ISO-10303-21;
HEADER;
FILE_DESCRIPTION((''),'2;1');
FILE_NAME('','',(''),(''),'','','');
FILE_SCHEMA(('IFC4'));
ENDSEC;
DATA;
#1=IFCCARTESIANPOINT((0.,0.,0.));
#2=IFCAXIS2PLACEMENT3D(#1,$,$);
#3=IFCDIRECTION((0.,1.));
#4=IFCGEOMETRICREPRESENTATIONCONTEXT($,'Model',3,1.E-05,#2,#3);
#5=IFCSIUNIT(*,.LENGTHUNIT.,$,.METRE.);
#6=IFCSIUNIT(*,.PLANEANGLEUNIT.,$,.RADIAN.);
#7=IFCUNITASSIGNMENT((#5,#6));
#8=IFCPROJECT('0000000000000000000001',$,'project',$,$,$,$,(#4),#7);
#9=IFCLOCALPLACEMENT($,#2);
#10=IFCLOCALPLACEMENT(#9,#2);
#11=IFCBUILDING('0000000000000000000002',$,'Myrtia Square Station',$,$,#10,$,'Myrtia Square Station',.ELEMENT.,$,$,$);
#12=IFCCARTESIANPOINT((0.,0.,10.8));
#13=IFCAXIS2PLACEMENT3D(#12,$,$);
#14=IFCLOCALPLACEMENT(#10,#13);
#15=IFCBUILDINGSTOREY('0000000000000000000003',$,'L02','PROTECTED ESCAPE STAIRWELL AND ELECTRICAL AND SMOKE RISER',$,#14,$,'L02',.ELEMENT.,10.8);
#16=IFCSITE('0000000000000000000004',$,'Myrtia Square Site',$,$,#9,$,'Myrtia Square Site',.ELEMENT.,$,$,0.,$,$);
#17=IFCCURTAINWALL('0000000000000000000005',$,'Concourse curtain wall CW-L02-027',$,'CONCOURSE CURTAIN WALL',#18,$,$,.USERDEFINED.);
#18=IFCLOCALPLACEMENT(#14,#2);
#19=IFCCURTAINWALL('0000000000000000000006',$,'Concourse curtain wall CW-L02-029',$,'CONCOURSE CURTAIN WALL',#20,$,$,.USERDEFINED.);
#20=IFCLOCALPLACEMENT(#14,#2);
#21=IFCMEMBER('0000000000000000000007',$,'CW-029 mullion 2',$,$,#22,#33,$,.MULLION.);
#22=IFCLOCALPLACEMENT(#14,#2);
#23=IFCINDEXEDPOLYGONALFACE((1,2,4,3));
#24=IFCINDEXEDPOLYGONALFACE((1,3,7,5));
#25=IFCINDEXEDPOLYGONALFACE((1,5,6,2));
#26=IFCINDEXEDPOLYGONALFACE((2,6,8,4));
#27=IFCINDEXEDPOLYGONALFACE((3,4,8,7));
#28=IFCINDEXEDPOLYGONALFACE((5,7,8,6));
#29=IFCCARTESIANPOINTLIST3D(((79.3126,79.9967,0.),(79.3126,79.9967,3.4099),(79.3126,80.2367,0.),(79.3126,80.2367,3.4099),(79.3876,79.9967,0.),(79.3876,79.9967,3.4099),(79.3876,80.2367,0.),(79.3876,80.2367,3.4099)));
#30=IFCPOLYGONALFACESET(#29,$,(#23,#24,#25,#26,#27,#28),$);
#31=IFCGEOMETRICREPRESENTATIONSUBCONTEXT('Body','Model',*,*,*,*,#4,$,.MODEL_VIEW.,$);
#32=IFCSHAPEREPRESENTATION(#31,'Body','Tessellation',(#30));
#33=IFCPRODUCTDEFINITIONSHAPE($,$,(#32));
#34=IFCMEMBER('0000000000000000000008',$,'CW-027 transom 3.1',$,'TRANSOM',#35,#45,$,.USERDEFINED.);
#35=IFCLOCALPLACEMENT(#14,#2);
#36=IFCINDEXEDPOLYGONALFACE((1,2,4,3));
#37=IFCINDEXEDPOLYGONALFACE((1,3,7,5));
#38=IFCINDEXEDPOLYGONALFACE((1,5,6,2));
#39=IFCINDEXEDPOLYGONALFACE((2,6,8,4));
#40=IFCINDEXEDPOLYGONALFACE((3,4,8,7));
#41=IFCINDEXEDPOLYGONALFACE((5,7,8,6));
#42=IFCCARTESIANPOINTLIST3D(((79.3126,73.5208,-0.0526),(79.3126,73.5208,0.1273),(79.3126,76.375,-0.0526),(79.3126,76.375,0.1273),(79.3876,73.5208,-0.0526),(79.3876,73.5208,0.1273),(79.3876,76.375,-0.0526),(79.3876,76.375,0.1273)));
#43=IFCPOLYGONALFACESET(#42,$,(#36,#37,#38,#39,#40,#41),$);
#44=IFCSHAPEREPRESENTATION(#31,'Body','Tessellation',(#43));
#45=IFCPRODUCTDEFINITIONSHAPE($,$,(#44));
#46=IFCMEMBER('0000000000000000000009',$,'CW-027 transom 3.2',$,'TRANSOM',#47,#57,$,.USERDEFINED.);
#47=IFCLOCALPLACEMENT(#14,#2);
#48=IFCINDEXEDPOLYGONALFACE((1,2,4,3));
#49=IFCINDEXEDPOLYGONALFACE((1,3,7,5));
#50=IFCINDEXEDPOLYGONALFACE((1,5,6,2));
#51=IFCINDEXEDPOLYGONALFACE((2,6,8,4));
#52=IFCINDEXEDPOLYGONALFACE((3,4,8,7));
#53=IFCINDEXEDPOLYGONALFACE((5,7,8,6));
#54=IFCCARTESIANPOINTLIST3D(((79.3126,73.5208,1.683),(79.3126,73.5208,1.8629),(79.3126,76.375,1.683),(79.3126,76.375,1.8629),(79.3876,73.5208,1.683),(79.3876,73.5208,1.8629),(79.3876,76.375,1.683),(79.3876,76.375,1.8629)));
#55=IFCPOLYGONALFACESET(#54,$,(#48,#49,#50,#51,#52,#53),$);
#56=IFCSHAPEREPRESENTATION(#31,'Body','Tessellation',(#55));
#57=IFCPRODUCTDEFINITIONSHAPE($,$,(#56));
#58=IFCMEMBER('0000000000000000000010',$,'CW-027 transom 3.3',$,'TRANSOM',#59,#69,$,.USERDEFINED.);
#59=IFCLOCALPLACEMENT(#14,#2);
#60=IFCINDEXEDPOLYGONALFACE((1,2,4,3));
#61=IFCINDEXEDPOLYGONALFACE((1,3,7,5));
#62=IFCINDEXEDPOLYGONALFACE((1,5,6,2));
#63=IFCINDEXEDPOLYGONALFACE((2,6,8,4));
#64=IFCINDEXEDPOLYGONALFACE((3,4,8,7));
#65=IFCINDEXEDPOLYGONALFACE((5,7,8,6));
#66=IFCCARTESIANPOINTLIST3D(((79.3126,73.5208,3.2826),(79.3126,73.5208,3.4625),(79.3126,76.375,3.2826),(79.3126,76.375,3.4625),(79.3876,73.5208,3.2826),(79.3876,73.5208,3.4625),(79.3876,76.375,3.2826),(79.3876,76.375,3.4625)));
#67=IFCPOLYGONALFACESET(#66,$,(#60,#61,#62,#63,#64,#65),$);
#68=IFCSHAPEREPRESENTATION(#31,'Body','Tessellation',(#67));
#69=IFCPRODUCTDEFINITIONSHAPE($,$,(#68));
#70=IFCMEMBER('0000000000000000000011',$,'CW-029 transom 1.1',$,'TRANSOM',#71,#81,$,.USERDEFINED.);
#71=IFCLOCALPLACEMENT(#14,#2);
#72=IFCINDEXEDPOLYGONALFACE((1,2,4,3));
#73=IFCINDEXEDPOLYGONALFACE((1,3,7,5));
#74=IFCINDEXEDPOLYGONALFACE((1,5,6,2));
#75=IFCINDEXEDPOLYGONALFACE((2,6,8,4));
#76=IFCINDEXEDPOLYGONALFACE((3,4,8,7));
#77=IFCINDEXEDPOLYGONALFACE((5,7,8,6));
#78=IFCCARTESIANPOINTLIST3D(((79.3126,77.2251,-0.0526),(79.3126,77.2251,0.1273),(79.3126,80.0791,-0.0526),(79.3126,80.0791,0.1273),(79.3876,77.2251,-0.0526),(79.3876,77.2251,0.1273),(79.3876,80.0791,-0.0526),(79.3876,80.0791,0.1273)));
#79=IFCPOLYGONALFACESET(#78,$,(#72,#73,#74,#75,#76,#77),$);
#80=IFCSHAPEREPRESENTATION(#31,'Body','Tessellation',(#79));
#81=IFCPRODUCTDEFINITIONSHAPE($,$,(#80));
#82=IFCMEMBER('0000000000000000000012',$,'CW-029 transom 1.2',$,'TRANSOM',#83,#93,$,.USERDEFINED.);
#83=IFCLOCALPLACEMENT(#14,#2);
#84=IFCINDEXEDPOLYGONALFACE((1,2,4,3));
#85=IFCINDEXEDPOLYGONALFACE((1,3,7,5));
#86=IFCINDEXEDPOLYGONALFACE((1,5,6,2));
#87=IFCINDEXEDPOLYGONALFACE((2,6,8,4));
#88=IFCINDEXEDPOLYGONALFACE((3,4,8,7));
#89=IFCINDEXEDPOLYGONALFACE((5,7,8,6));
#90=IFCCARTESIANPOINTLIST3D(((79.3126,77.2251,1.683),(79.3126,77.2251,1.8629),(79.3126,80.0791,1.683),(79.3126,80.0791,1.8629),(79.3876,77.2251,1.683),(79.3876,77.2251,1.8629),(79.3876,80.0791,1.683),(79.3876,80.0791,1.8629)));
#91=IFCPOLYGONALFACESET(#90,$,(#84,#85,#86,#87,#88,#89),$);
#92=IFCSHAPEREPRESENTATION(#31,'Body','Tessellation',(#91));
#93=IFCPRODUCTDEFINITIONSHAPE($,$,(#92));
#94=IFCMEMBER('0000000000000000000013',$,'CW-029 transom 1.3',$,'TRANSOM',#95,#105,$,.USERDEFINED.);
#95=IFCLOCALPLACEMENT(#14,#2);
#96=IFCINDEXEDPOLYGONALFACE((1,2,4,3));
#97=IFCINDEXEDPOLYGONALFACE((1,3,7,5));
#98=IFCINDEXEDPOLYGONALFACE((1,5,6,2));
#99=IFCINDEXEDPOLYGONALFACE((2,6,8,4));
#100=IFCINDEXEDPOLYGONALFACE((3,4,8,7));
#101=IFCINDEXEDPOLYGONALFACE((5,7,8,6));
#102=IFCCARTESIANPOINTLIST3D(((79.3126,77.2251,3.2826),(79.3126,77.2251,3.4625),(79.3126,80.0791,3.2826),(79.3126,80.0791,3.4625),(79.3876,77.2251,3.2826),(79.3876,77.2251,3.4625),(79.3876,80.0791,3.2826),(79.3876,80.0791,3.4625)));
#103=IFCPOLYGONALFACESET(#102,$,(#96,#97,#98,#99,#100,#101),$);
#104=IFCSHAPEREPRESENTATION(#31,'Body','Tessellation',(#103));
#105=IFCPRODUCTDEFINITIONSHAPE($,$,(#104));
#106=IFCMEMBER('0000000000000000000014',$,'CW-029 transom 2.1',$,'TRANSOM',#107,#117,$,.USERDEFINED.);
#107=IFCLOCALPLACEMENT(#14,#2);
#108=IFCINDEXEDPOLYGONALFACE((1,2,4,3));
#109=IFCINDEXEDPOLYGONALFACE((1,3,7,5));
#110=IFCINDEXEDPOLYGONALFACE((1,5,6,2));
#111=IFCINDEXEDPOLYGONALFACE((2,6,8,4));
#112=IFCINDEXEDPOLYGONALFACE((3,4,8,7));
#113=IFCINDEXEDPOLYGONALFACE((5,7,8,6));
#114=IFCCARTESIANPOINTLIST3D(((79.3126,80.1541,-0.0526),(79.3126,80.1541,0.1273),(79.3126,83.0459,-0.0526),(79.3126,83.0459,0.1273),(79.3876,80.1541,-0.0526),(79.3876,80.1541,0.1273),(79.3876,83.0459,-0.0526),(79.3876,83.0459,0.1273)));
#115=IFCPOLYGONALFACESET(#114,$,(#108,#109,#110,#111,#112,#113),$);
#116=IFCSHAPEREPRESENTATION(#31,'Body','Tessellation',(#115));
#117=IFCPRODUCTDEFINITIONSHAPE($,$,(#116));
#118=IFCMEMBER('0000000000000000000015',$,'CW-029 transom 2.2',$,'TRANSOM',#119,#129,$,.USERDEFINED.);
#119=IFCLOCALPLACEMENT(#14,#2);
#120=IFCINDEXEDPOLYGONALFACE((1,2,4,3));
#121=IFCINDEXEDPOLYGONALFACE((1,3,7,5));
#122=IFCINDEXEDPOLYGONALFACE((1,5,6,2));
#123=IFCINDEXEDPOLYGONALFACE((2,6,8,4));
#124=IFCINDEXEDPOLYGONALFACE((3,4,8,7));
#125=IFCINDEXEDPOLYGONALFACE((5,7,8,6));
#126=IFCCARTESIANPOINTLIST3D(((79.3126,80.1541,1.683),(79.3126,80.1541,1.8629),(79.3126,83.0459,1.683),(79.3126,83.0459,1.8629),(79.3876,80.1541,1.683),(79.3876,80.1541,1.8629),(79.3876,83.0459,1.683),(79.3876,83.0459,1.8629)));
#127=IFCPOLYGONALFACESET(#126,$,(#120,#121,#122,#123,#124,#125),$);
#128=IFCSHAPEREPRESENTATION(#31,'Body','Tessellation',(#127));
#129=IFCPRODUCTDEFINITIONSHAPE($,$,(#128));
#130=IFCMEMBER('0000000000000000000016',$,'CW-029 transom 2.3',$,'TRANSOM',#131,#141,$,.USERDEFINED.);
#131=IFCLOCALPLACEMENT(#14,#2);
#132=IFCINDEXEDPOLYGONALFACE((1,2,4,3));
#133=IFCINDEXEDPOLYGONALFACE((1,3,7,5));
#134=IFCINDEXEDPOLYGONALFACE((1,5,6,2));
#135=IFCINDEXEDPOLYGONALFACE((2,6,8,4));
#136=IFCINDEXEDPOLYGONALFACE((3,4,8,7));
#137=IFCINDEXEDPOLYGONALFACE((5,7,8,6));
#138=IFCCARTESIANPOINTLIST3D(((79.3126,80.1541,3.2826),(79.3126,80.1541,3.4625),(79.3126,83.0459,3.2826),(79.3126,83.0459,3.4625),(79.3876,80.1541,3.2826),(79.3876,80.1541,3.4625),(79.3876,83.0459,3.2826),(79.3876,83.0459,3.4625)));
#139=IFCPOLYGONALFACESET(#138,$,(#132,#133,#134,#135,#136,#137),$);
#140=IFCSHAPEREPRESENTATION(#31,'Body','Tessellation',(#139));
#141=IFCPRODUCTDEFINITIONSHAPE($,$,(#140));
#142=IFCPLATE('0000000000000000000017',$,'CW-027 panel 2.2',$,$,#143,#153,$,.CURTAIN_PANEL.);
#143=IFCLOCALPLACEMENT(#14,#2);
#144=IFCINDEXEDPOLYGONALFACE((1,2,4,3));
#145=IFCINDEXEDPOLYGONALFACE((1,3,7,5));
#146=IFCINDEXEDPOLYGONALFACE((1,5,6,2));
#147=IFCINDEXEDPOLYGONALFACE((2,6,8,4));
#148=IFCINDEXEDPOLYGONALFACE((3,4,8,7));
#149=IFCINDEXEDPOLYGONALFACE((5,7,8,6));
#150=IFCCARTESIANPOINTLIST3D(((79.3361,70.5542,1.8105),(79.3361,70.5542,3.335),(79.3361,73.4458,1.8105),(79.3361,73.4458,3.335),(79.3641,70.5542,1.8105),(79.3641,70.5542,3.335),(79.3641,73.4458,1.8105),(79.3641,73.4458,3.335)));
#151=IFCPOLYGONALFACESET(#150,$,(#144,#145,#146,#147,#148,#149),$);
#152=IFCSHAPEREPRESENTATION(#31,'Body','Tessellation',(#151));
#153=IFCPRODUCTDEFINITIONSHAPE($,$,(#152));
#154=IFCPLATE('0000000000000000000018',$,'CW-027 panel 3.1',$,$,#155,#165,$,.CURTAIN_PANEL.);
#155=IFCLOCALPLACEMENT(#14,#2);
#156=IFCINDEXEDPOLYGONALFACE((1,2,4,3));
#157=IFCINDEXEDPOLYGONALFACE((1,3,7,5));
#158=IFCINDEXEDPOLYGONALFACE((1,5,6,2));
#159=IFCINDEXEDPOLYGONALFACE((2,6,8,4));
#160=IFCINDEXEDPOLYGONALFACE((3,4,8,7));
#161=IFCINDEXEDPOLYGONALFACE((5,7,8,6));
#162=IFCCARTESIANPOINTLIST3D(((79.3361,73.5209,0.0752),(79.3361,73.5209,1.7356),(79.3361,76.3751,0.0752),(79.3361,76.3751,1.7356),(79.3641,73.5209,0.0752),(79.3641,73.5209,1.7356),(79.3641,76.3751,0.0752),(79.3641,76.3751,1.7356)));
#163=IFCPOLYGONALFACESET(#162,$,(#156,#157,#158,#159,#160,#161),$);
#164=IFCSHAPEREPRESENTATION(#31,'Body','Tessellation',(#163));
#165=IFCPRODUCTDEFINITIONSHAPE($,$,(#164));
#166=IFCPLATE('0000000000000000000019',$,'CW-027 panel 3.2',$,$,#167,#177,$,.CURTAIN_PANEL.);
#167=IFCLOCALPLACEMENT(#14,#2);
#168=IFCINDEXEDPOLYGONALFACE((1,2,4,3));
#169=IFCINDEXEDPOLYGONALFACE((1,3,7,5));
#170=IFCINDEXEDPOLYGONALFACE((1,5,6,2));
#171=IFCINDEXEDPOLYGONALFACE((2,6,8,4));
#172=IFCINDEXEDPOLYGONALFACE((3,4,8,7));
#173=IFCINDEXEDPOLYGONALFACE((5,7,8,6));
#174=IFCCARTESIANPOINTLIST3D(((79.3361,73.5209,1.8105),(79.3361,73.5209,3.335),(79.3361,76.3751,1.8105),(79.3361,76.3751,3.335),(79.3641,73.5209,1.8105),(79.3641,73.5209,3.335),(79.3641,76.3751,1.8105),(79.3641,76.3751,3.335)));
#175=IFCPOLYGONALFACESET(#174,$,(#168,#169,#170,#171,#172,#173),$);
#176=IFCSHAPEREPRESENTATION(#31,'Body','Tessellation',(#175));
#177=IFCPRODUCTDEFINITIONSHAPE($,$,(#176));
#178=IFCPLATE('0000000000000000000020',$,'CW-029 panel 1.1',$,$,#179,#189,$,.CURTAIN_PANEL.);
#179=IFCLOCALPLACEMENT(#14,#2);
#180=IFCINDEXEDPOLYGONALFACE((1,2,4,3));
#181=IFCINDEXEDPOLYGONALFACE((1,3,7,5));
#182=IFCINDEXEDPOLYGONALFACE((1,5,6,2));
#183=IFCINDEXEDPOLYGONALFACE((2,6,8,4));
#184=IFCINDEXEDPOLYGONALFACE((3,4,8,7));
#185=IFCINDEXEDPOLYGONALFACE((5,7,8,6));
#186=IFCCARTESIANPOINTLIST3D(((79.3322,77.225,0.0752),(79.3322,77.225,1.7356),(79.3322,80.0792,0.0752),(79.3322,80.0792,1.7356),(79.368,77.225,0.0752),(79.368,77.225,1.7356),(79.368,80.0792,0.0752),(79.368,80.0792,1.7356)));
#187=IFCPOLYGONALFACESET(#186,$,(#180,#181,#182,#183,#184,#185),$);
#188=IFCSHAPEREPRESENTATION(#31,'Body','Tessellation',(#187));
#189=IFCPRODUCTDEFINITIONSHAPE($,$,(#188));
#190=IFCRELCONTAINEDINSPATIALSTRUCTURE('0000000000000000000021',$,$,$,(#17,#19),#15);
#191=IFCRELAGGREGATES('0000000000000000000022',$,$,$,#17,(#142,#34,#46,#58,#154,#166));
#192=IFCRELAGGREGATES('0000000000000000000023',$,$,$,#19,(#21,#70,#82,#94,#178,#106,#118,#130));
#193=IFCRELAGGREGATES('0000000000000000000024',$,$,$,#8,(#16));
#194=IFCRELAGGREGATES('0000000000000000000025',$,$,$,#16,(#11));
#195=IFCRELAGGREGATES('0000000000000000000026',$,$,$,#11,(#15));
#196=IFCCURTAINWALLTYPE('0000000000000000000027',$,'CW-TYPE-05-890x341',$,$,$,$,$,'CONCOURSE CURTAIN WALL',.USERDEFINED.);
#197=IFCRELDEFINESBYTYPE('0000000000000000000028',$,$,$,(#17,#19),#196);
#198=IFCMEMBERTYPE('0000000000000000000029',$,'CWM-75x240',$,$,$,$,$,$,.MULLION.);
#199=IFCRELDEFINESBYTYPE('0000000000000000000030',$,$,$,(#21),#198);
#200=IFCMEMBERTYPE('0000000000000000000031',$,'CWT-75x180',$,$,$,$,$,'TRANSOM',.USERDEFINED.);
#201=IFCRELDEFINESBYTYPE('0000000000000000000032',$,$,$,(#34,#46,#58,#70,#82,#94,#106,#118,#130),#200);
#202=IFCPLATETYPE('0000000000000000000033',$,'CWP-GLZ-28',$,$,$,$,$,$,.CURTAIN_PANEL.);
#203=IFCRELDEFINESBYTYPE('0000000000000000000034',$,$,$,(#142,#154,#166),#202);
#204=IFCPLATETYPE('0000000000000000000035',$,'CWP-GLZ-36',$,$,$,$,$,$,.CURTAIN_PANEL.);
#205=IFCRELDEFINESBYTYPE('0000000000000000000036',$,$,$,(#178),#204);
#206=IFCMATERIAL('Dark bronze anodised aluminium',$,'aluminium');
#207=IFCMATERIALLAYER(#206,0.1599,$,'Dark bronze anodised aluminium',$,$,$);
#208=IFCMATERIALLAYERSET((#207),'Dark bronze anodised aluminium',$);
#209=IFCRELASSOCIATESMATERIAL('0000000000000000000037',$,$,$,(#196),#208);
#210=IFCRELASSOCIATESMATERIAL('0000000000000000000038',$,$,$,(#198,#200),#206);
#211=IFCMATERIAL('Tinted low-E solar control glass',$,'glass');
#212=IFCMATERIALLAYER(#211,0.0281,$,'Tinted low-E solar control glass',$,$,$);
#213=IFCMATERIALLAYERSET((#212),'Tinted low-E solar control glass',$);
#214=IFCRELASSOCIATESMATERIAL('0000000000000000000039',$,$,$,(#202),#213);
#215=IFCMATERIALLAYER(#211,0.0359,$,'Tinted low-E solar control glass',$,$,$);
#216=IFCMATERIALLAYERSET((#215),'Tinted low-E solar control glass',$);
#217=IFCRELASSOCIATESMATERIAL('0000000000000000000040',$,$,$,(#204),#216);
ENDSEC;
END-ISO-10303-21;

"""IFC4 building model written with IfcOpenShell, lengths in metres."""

from ifc_helpers import new_model, si_unit, direction, frame, origin, origin_2d, place, context, subcontext, project, spatial, rectangle, extrude, material, layer, layer_set, material_profile, profile_set, type_object, element, aggregate, save


model = new_model("IFC4")

# Units and contexts
model_context = context("Model", 3, precision=1e-05, world=origin(), true_north=direction((0.0, 1.0)))
body_context = subcontext(model_context, "Body", "Model", "MODEL_VIEW")
ifc_project = project(units=[si_unit("LENGTHUNIT", "METRE"), si_unit("PLANEANGLEUNIT", "RADIAN")], contexts=[model_context])

# Site, building, storey
site_placement = place(None, origin())
site = spatial("IfcSite", under=ifc_project, at=site_placement, Name="Myrtia Square Site", LongName="Myrtia Square Site", CompositionType="ELEMENT", RefElevation=0.0)
building_placement = place(site_placement, origin())
building = spatial("IfcBuilding", under=site, at=building_placement, Name="Myrtia Square Station", LongName="Myrtia Square Station", CompositionType="ELEMENT")
storey_placement = place(building_placement, frame((0.0, 0.0, 10.8)))
storey = spatial("IfcBuildingStorey", under=building, at=storey_placement, Name="L02", Description="PROTECTED ESCAPE STAIRWELL AND ELECTRICAL AND SMOKE RISER", LongName="L02", CompositionType="ELEMENT", Elevation=10.8)

# Curtain walls, member
ifc_material_1 = material(Name="Dark bronze anodised aluminium", Category="aluminium")
ifc_layer_1 = layer(ifc_material_1, 0.1599, Name="Dark bronze anodised aluminium")
ifc_layer_set_1 = layer_set([ifc_layer_1], Name="Dark bronze anodised aluminium")
curtain_wall_type = type_object("IfcCurtainWallType", Name="CW-TYPE-05-890x341", ElementType="CONCOURSE CURTAIN WALL", PredefinedType="USERDEFINED", material=ifc_layer_set_1)
curtain_wall_1_placement = place(storey_placement, origin())
curtain_wall_1 = element("IfcCurtainWall", 1, at=curtain_wall_1_placement, inside=storey, type_object=curtain_wall_type, Name="Concourse curtain wall CW-L02-027", ObjectType="CONCOURSE CURTAIN WALL", PredefinedType="USERDEFINED")
ifc_material_profile_1 = material_profile(ifc_material_1, rectangle(XDim=0.075, YDim=0.24, at=origin_2d()), Name="ALU-M 75x240")
ifc_profile_set_1 = profile_set([ifc_material_profile_1], Name="Dark bronze anodised aluminium")
member_type_1 = type_object("IfcMemberType", Name="CWM-75x240", PredefinedType="MULLION", material=ifc_profile_set_1)
curtain_wall_2_placement = place(storey_placement, origin())
curtain_wall_2 = element("IfcCurtainWall", 2, at=curtain_wall_2_placement, inside=storey, type_object=curtain_wall_type, Name="Concourse curtain wall CW-L02-029", ObjectType="CONCOURSE CURTAIN WALL", PredefinedType="USERDEFINED")
member_1_placement = place(storey_placement, frame((79.3501, 80.1167, 0.0), z_axis=(0.0, 0.0, 1.0), x_axis=(-1.0, 0.0, 0.0)))
member_1 = element("IfcMember", 3, at=member_1_placement, type_object=member_type_1, Name="CW-029 mullion 2", PredefinedType="MULLION", context=body_context, shape_type="SweptSolid", body=[
    extrude(rectangle(XDim=0.075, YDim=0.24, at=origin_2d()), origin(), (0.0, 0.0, 1.0), 3.4099),
])

# Members
ifc_material_profile_2 = material_profile(ifc_material_1, rectangle(XDim=0.075, YDim=0.1799, at=origin_2d()), Name="ALU-T 75x180")
ifc_profile_set_2 = profile_set([ifc_material_profile_2], Name="Dark bronze anodised aluminium")
member_type_2 = type_object("IfcMemberType", Name="CWT-75x180", ElementType="TRANSOM", PredefinedType="USERDEFINED", material=ifc_profile_set_2)
member_2_placement = place(storey_placement, frame((79.3501, 73.5208, 0.0374), z_axis=(0.0, 1.0, 0.0), x_axis=(-1.0, 0.0, 0.0)))
member_2 = element("IfcMember", 4, at=member_2_placement, type_object=member_type_2, Name="CW-027 transom 3.1", ObjectType="TRANSOM", PredefinedType="USERDEFINED", context=body_context, shape_type="SweptSolid", body=[
    extrude(rectangle(XDim=0.075, YDim=0.1799, at=origin_2d()), origin(), (0.0, 0.0, 1.0), 2.8542),
])
member_3_placement = place(storey_placement, frame((79.3501, 73.5208, 1.7729), z_axis=(0.0, 1.0, 0.0), x_axis=(-1.0, 0.0, 0.0)))
member_3 = element("IfcMember", 5, at=member_3_placement, type_object=member_type_2, Name="CW-027 transom 3.2", ObjectType="TRANSOM", PredefinedType="USERDEFINED", context=body_context, shape_type="SweptSolid", body=[
    extrude(rectangle(XDim=0.075, YDim=0.1799, at=origin_2d()), origin(), (0.0, 0.0, 1.0), 2.8542),
])
member_4_placement = place(storey_placement, frame((79.3501, 73.5208, 3.3726), z_axis=(0.0, 1.0, 0.0), x_axis=(-1.0, 0.0, 0.0)))
member_4 = element("IfcMember", 6, at=member_4_placement, type_object=member_type_2, Name="CW-027 transom 3.3", ObjectType="TRANSOM", PredefinedType="USERDEFINED", context=body_context, shape_type="SweptSolid", body=[
    extrude(rectangle(XDim=0.075, YDim=0.1799, at=origin_2d()), origin(), (0.0, 0.0, 1.0), 2.8542),
])
member_5_placement = place(storey_placement, frame((79.3501, 77.2251, 0.0374), z_axis=(0.0, 1.0, 0.0), x_axis=(-1.0, 0.0, 0.0)))
member_5 = element("IfcMember", 7, at=member_5_placement, type_object=member_type_2, Name="CW-029 transom 1.1", ObjectType="TRANSOM", PredefinedType="USERDEFINED", context=body_context, shape_type="SweptSolid", body=[
    extrude(rectangle(XDim=0.075, YDim=0.1799, at=origin_2d()), origin(), (0.0, 0.0, 1.0), 2.854),
])
member_6_placement = place(storey_placement, frame((79.3501, 77.2251, 1.7729), z_axis=(0.0, 1.0, 0.0), x_axis=(-1.0, 0.0, 0.0)))
member_6 = element("IfcMember", 8, at=member_6_placement, type_object=member_type_2, Name="CW-029 transom 1.2", ObjectType="TRANSOM", PredefinedType="USERDEFINED", context=body_context, shape_type="SweptSolid", body=[
    extrude(rectangle(XDim=0.075, YDim=0.1799, at=origin_2d()), origin(), (0.0, 0.0, 1.0), 2.854),
])
member_7_placement = place(storey_placement, frame((79.3501, 77.2251, 3.3726), z_axis=(0.0, 1.0, 0.0), x_axis=(-1.0, 0.0, 0.0)))
member_7 = element("IfcMember", 9, at=member_7_placement, type_object=member_type_2, Name="CW-029 transom 1.3", ObjectType="TRANSOM", PredefinedType="USERDEFINED", context=body_context, shape_type="SweptSolid", body=[
    extrude(rectangle(XDim=0.075, YDim=0.1799, at=origin_2d()), origin(), (0.0, 0.0, 1.0), 2.854),
])
member_8_placement = place(storey_placement, frame((79.3501, 80.1541, 0.0374), z_axis=(0.0, 1.0, 0.0), x_axis=(-1.0, 0.0, 0.0)))
member_8 = element("IfcMember", 10, at=member_8_placement, type_object=member_type_2, Name="CW-029 transom 2.1", ObjectType="TRANSOM", PredefinedType="USERDEFINED", context=body_context, shape_type="SweptSolid", body=[
    extrude(rectangle(XDim=0.075, YDim=0.1799, at=origin_2d()), origin(), (0.0, 0.0, 1.0), 2.8918),
])
member_9_placement = place(storey_placement, frame((79.3501, 80.1541, 1.7729), z_axis=(0.0, 1.0, 0.0), x_axis=(-1.0, 0.0, 0.0)))
member_9 = element("IfcMember", 11, at=member_9_placement, type_object=member_type_2, Name="CW-029 transom 2.2", ObjectType="TRANSOM", PredefinedType="USERDEFINED", context=body_context, shape_type="SweptSolid", body=[
    extrude(rectangle(XDim=0.075, YDim=0.1799, at=origin_2d()), origin(), (0.0, 0.0, 1.0), 2.8918),
])
member_10_placement = place(storey_placement, frame((79.3501, 80.1541, 3.3726), z_axis=(0.0, 1.0, 0.0), x_axis=(-1.0, 0.0, 0.0)))
member_10 = element("IfcMember", 12, at=member_10_placement, type_object=member_type_2, Name="CW-029 transom 2.3", ObjectType="TRANSOM", PredefinedType="USERDEFINED", context=body_context, shape_type="SweptSolid", body=[
    extrude(rectangle(XDim=0.075, YDim=0.1799, at=origin_2d()), origin(), (0.0, 0.0, 1.0), 2.8918),
])

# Plates
ifc_material_2 = material(Name="Tinted low-E solar control glass", Category="glass")
ifc_layer_2 = layer(ifc_material_2, 0.0281, Name="Tinted low-E solar control glass")
ifc_layer_set_2 = layer_set([ifc_layer_2], Name="Tinted low-E solar control glass")
plate_type_1 = type_object("IfcPlateType", Name="CWP-GLZ-28", PredefinedType="CURTAIN_PANEL", material=ifc_layer_set_2)
plate_1_placement = place(storey_placement, frame((79.3501, 72.0, 1.8105), z_axis=(0.0, 0.0, 1.0), x_axis=(0.0, 1.0, 0.0)))
plate_1 = element("IfcPlate", 13, at=plate_1_placement, type_object=plate_type_1, Name="CW-027 panel 2.2", PredefinedType="CURTAIN_PANEL", context=body_context, shape_type="SweptSolid", body=[
    extrude(rectangle(XDim=2.8916, YDim=0.0281, at=origin_2d()), origin(), (0.0, 0.0, 1.0), 1.5244),
])
plate_2_placement = place(storey_placement, frame((79.3501, 74.948, 0.0752), z_axis=(0.0, 0.0, 1.0), x_axis=(0.0, 1.0, 0.0)))
plate_2 = element("IfcPlate", 14, at=plate_2_placement, type_object=plate_type_1, Name="CW-027 panel 3.1", PredefinedType="CURTAIN_PANEL", context=body_context, shape_type="SweptSolid", body=[
    extrude(rectangle(XDim=2.8542, YDim=0.0281, at=origin_2d()), origin(), (0.0, 0.0, 1.0), 1.6604),
])
plate_3_placement = place(storey_placement, frame((79.3501, 74.948, 1.8105), z_axis=(0.0, 0.0, 1.0), x_axis=(0.0, 1.0, 0.0)))
plate_3 = element("IfcPlate", 15, at=plate_3_placement, type_object=plate_type_1, Name="CW-027 panel 3.2", PredefinedType="CURTAIN_PANEL", context=body_context, shape_type="SweptSolid", body=[
    extrude(rectangle(XDim=2.8542, YDim=0.0281, at=origin_2d()), origin(), (0.0, 0.0, 1.0), 1.5244),
])
aggregate(curtain_wall_1, [plate_1, member_2, member_3, member_4, plate_2, plate_3])
ifc_layer_3 = layer(ifc_material_2, 0.0359, Name="Tinted low-E solar control glass")
ifc_layer_set_3 = layer_set([ifc_layer_3], Name="Tinted low-E solar control glass")
plate_type_2 = type_object("IfcPlateType", Name="CWP-GLZ-36", PredefinedType="CURTAIN_PANEL", material=ifc_layer_set_3)
plate_4_placement = place(storey_placement, frame((79.3501, 78.6521, 0.0752), z_axis=(0.0, 0.0, 1.0), x_axis=(0.0, 1.0, 0.0)))
plate_4 = element("IfcPlate", 16, at=plate_4_placement, type_object=plate_type_2, Name="CW-029 panel 1.1", PredefinedType="CURTAIN_PANEL", context=body_context, shape_type="SweptSolid", body=[
    extrude(rectangle(XDim=2.8542, YDim=0.0359, at=origin_2d()), origin(), (0.0, 0.0, 1.0), 1.6604),
])
aggregate(curtain_wall_2, [member_1, member_5, member_6, member_7, plate_4, member_8, member_9, member_10])

save(model, "model.ifc")
